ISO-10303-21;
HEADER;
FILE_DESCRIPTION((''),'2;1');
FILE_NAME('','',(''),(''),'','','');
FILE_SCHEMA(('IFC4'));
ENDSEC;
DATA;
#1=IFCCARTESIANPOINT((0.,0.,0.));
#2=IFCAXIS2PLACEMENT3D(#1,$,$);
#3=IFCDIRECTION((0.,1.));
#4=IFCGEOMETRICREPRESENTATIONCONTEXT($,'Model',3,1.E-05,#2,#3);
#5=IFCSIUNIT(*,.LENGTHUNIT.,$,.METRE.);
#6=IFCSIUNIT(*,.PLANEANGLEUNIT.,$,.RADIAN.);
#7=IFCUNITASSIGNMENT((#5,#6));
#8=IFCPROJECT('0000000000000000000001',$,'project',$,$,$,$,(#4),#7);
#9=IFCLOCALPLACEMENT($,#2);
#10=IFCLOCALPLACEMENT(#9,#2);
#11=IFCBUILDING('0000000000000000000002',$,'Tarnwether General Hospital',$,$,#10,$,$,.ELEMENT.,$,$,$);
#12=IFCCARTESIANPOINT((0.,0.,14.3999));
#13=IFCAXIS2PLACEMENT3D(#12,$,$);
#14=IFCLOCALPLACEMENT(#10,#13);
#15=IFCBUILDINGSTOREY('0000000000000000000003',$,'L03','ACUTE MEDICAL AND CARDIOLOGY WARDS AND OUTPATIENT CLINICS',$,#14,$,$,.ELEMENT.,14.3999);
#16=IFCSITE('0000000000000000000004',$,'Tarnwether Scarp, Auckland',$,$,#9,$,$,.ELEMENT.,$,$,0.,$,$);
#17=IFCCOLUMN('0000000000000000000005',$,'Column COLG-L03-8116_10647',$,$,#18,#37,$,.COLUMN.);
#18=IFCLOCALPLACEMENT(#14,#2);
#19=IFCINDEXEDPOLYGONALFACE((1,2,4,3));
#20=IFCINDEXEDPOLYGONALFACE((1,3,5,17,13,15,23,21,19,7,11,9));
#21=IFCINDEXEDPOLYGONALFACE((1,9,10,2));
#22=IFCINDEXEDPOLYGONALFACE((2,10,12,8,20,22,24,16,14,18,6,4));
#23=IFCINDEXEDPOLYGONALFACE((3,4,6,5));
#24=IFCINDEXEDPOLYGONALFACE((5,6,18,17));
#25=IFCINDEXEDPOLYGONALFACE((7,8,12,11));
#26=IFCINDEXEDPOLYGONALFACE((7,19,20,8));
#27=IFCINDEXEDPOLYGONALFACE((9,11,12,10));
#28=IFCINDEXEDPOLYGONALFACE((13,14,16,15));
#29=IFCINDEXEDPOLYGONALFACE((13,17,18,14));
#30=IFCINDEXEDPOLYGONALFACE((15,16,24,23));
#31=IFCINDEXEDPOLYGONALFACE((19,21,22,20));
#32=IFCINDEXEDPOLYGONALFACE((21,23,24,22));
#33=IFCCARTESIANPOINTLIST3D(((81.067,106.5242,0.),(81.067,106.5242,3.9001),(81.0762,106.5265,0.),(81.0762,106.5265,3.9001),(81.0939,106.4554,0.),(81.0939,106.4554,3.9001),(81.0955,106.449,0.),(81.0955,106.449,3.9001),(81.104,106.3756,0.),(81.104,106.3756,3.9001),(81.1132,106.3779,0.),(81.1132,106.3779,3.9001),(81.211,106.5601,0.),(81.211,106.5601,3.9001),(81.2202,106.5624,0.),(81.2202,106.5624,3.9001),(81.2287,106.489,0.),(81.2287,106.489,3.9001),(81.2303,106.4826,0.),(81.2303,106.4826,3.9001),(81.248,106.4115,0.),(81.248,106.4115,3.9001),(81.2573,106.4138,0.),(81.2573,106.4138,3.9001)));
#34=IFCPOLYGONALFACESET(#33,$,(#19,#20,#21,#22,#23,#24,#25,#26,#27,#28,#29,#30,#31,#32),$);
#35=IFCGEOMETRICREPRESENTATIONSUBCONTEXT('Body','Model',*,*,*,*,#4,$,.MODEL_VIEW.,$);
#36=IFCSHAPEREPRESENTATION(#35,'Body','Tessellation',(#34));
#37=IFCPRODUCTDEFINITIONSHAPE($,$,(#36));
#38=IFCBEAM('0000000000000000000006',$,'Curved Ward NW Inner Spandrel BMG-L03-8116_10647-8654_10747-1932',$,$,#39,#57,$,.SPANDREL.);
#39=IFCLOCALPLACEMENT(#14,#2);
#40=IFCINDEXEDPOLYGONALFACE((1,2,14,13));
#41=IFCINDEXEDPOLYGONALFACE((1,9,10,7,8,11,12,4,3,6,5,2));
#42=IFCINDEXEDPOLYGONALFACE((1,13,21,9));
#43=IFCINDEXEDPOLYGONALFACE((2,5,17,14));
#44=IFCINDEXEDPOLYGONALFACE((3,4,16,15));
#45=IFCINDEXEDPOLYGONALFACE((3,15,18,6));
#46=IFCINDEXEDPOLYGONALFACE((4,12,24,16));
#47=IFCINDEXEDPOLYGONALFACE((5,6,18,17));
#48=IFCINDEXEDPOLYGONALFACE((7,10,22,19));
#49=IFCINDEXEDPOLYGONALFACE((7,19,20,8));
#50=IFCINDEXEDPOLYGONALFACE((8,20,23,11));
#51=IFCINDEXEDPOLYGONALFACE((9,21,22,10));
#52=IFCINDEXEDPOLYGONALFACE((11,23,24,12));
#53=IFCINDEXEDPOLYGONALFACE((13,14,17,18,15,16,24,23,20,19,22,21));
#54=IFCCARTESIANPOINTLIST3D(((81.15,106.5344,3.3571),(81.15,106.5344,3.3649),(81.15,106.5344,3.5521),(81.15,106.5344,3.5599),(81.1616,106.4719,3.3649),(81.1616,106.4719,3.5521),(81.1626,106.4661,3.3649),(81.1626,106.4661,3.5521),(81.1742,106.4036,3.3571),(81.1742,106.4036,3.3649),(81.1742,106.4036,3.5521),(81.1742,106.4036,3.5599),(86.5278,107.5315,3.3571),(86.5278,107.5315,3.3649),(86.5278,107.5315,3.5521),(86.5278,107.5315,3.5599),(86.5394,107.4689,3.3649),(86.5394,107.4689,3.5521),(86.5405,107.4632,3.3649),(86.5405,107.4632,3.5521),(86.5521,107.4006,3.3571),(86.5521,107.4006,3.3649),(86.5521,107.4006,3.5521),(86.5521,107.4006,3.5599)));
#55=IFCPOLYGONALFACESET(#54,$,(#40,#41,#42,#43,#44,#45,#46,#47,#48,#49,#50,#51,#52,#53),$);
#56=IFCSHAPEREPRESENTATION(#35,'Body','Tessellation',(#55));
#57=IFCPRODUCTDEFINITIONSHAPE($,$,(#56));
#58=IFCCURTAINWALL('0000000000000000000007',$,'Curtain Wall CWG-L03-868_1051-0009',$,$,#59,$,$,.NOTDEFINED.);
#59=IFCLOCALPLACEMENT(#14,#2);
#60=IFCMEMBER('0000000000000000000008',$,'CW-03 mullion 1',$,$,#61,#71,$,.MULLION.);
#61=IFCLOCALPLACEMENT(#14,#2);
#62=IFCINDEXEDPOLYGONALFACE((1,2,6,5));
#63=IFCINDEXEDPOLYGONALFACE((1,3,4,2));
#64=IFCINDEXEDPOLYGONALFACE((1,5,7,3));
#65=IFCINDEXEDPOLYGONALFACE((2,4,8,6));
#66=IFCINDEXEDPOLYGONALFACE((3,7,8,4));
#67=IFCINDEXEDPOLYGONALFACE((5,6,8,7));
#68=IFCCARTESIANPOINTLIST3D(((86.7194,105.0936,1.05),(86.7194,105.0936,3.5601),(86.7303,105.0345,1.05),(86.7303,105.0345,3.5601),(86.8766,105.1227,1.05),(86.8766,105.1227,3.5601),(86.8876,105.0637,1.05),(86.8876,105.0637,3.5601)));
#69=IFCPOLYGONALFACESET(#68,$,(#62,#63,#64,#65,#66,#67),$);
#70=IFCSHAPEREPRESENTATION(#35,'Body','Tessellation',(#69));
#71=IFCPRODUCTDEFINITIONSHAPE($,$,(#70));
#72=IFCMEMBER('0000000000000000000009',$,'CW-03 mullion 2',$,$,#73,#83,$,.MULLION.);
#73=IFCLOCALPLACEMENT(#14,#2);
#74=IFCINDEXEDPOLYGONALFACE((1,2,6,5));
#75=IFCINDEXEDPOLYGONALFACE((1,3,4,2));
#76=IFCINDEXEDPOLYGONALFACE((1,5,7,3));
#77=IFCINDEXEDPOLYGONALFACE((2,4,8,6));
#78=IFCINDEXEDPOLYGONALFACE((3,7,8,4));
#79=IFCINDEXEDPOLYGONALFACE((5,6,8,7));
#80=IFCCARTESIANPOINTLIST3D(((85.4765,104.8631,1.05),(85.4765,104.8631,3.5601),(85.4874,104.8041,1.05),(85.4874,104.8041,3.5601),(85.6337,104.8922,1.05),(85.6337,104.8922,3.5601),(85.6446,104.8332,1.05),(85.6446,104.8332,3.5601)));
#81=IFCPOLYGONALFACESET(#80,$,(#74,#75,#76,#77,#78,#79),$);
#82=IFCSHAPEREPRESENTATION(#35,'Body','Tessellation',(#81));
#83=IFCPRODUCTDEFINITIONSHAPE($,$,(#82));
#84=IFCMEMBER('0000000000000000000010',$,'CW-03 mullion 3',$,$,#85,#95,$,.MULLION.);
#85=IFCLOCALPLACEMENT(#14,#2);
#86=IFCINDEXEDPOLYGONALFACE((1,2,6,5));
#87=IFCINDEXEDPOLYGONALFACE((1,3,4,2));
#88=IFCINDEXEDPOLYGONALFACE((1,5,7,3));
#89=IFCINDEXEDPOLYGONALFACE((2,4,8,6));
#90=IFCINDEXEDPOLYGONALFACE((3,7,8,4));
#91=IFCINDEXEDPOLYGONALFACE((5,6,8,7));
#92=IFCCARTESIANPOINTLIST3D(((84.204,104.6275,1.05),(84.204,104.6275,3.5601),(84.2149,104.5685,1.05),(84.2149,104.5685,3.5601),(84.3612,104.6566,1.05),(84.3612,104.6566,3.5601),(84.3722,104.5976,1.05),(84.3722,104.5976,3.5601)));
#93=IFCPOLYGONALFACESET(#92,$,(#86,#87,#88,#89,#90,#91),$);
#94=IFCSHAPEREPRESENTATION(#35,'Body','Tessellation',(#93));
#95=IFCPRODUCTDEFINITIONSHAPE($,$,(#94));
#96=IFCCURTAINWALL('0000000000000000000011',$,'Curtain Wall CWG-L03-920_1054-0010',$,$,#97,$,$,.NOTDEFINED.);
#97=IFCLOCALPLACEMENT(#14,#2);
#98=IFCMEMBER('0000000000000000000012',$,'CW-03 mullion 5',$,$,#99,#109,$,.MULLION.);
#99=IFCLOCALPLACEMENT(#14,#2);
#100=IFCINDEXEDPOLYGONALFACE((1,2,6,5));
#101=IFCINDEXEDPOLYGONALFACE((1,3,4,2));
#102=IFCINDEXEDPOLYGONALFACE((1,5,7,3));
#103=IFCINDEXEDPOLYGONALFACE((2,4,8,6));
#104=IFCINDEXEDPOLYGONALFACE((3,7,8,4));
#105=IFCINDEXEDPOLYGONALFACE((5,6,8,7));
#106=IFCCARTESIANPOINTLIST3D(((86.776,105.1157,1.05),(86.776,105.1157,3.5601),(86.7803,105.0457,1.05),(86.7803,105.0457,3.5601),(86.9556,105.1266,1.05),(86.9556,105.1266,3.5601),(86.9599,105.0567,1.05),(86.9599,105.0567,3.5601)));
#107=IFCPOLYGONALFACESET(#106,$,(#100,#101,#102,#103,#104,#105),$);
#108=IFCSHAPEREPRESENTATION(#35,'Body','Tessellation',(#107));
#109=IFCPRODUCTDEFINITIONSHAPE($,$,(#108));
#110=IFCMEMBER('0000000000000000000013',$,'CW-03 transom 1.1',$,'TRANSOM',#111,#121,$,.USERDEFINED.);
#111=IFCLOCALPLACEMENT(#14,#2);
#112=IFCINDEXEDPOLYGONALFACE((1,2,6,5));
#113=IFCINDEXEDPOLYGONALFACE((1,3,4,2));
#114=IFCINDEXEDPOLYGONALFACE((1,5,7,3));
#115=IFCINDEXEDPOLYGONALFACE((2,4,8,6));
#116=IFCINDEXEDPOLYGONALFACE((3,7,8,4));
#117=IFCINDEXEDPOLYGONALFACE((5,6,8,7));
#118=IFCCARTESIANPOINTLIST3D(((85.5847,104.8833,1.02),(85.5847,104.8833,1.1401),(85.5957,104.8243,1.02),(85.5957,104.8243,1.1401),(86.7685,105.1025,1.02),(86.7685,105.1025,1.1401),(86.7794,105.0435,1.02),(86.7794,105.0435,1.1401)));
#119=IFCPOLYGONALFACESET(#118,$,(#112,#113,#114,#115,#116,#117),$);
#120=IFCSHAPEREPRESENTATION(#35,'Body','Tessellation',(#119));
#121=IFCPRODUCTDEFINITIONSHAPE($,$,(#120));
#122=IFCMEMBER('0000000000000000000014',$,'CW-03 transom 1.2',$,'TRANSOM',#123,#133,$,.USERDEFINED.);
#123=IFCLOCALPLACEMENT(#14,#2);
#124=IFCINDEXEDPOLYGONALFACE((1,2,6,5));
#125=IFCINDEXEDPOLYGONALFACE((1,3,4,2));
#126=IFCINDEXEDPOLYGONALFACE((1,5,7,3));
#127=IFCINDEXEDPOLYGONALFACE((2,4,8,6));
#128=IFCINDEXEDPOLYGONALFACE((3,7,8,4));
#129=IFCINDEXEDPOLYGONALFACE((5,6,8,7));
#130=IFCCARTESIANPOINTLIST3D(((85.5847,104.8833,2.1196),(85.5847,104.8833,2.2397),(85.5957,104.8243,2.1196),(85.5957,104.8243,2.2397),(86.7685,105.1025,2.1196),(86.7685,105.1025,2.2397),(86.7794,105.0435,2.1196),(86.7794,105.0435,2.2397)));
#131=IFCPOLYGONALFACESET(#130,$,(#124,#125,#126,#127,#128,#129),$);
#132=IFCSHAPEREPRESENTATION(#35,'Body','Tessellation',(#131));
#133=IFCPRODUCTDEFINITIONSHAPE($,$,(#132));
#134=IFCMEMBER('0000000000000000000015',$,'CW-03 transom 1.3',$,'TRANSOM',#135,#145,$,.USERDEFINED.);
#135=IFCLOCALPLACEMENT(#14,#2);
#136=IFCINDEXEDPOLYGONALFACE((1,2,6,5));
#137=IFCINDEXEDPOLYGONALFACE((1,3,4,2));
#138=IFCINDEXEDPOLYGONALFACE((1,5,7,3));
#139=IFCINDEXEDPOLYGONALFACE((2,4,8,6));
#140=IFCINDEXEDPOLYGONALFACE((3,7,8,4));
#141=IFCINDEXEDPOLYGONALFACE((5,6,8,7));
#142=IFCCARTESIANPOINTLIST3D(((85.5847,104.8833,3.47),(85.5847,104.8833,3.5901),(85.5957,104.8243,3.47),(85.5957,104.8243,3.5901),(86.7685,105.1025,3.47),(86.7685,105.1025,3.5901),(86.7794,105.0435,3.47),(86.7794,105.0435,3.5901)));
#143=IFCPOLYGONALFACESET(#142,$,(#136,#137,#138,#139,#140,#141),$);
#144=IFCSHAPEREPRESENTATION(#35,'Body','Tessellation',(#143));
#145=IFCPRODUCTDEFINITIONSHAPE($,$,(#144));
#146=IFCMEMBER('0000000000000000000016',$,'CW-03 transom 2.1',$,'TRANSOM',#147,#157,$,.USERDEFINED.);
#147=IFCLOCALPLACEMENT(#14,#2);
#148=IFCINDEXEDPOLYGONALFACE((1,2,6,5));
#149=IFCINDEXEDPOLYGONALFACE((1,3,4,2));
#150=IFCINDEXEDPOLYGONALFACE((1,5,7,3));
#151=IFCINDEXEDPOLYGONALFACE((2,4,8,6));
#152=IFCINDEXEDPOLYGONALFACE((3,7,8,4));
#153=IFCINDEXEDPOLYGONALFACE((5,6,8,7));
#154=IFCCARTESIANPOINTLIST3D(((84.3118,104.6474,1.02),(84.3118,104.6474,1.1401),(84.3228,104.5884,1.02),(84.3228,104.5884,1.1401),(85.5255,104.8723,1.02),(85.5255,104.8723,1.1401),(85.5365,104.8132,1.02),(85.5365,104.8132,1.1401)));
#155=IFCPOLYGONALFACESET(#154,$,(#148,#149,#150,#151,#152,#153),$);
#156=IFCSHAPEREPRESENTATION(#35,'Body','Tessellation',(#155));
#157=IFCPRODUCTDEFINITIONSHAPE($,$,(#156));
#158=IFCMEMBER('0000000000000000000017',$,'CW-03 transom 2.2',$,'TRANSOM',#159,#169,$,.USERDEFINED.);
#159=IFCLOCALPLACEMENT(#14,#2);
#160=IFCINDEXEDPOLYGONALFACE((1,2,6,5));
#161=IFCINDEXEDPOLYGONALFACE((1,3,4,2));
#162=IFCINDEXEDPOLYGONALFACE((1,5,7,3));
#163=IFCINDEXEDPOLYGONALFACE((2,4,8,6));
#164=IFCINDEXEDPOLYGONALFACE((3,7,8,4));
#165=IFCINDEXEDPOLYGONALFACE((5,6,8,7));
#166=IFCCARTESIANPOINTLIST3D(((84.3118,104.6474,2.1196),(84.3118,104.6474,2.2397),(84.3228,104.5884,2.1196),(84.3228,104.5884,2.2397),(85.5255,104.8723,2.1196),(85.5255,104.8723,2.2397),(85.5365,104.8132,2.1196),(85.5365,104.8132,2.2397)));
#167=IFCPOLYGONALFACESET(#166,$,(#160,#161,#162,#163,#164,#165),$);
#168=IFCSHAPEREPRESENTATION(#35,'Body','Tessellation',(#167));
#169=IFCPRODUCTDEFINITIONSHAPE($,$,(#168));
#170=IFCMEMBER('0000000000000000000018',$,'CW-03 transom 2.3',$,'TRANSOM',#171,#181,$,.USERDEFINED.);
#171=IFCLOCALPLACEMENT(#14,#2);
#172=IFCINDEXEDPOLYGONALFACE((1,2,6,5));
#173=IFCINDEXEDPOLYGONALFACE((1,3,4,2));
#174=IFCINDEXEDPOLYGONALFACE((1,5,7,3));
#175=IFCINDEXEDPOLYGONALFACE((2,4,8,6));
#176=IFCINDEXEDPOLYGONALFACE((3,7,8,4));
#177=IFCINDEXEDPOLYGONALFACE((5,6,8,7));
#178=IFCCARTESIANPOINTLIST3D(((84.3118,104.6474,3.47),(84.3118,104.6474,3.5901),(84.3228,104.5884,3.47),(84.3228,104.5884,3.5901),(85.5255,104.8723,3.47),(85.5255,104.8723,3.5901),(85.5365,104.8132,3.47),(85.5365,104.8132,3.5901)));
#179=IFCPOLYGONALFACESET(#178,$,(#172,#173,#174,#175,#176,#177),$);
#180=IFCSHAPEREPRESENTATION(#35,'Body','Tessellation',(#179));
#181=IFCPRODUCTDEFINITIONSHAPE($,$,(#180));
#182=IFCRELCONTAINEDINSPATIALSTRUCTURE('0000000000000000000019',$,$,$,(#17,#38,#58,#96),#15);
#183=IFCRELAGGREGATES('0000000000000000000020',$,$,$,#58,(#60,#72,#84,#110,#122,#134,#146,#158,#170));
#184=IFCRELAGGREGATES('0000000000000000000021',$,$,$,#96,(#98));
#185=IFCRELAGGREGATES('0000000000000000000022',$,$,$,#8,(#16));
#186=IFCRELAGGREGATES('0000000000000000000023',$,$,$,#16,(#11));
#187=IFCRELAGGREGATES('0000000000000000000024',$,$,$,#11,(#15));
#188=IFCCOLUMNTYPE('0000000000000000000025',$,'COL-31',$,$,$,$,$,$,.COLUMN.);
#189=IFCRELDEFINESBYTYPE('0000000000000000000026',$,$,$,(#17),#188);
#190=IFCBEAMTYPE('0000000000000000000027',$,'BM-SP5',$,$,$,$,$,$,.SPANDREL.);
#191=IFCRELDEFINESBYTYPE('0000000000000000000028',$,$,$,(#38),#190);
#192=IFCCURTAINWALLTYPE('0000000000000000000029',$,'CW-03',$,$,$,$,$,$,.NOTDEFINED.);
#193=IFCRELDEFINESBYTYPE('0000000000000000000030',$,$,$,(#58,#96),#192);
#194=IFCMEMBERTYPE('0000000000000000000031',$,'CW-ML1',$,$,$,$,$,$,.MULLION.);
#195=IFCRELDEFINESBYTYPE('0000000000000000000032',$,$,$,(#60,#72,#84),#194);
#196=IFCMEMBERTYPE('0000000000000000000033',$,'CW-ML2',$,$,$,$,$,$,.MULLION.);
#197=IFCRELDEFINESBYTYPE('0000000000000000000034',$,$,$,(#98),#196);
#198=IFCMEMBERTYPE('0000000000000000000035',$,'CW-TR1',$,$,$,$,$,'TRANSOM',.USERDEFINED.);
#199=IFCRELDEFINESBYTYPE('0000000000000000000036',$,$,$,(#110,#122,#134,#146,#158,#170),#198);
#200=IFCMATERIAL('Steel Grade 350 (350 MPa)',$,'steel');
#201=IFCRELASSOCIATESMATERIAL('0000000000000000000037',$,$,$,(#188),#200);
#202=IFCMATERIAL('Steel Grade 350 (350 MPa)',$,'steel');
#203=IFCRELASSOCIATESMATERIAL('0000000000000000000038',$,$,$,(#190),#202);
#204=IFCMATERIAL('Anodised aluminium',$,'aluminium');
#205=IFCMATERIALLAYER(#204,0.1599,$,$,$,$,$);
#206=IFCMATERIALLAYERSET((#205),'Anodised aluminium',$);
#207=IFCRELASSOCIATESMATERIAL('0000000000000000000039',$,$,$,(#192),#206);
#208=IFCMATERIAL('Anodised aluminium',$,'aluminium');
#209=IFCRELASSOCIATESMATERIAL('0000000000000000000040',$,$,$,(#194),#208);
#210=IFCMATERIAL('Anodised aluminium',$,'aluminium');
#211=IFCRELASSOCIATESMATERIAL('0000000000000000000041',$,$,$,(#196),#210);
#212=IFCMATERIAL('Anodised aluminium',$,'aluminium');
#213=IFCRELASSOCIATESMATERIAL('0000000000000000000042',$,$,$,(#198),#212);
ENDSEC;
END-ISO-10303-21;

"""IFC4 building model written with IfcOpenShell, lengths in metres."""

from ifc_helpers import new_model, si_unit, direction, frame, origin, origin_2d, place, context, subcontext, project, spatial, rectangle, i_section, extrude, material, layer, layer_set, material_profile, profile_set, type_object, element, aggregate, save


model = new_model("IFC4")

# Units and contexts
model_context = context("Model", 3, precision=1e-05, world=origin(), true_north=direction((0.0, 1.0)))
body_context = subcontext(model_context, "Body", "Model", "MODEL_VIEW")
ifc_project = project(units=[si_unit("LENGTHUNIT", "METRE"), si_unit("PLANEANGLEUNIT", "RADIAN")], contexts=[model_context])

# Site, building, storey
site_placement = place(None, origin())
site = spatial("IfcSite", under=ifc_project, at=site_placement, Name="Tarnwether Scarp, Auckland", CompositionType="ELEMENT", RefElevation=0.0)
building_placement = place(site_placement, origin())
building = spatial("IfcBuilding", under=site, at=building_placement, Name="Tarnwether General Hospital", CompositionType="ELEMENT")
storey_placement = place(building_placement, frame((0.0, 0.0, 14.3999)))
storey = spatial("IfcBuildingStorey", under=building, at=storey_placement, Name="L03", Description="ACUTE MEDICAL AND CARDIOLOGY WARDS AND OUTPATIENT CLINICS", CompositionType="ELEMENT", Elevation=14.3999)

# Column
ifc_material_1 = material(Name="Steel Grade 350 (350 MPa)", Category="steel")
ifc_material_profile_1 = material_profile(ifc_material_1, i_section(OverallWidth=0.1531, OverallDepth=0.158, WebThickness=0.0066, FlangeThickness=0.0095, at=origin_2d()), Name="150UC30.0")
ifc_profile_set_1 = profile_set([ifc_material_profile_1], Name="Steel Grade 350 (350 MPa)")
column_type = type_object("IfcColumnType", Name="COL-31", PredefinedType="COLUMN", material=ifc_profile_set_1)
column_placement = place(storey_placement, frame((81.1621, 106.469, 0.0), z_axis=(0.0, 0.0, 1.0), x_axis=(-0.241922, 0.970296, 0.0)))
element("IfcColumn", 1, at=column_placement, inside=storey, type_object=column_type, Name="Column COLG-L03-8116_10647", PredefinedType="COLUMN", context=body_context, shape_type="SweptSolid", body=[
    extrude(i_section(OverallWidth=0.1531, OverallDepth=0.158, WebThickness=0.0066, FlangeThickness=0.0095, at=origin_2d()), origin(), (0.0, 0.0, 1.0), 3.9001),
])

# Beam
ifc_material_2 = material(Name="Steel Grade 350 (350 MPa)", Category="steel")
ifc_material_profile_2 = material_profile(ifc_material_2, i_section(OverallWidth=0.1331, OverallDepth=0.2029, WebThickness=0.0059, FlangeThickness=0.0078, at=origin_2d()), Name="200UB25.4")
ifc_profile_set_2 = profile_set([ifc_material_profile_2], Name="Steel Grade 350 (350 MPa)")
beam_type = type_object("IfcBeamType", Name="BM-SP5", PredefinedType="SPANDREL", material=ifc_profile_set_2)
beam_placement = place(storey_placement, frame((81.1621, 106.469, 3.4585), z_axis=(0.983244, 0.182294, 0.0), x_axis=(-0.182294, 0.983244, 0.0)))
element("IfcBeam", 2, at=beam_placement, inside=storey, type_object=beam_type, Name="Curved Ward NW Inner Spandrel BMG-L03-8116_10647-8654_10747-1932", PredefinedType="SPANDREL", context=body_context, shape_type="SweptSolid", body=[
    extrude(i_section(OverallWidth=0.1331, OverallDepth=0.2029, WebThickness=0.0059, FlangeThickness=0.0078, at=origin_2d()), origin(), (0.0, 0.0, 1.0), 5.4695),
])

# Curtain wall, members
ifc_material_3 = material(Name="Anodised aluminium", Category="aluminium")
ifc_layer_1 = layer(ifc_material_3, 0.1599)
ifc_layer_set_1 = layer_set([ifc_layer_1], Name="Anodised aluminium")
curtain_wall_type = type_object("IfcCurtainWallType", Name="CW-03", PredefinedType="NOTDEFINED", material=ifc_layer_set_1)
curtain_wall_1_placement = place(storey_placement, origin())
curtain_wall_1 = element("IfcCurtainWall", 3, at=curtain_wall_1_placement, inside=storey, type_object=curtain_wall_type, Name="Curtain Wall CWG-L03-868_1051-0009", PredefinedType="NOTDEFINED")
ifc_material_4 = material(Name="Anodised aluminium", Category="aluminium")
ifc_material_profile_3 = material_profile(ifc_material_4, rectangle(XDim=0.0601, YDim=0.1599, at=origin_2d()), Name="ALU-MUL-60x160")
ifc_profile_set_3 = profile_set([ifc_material_profile_3], Name="Anodised aluminium")
member_type_1 = type_object("IfcMemberType", Name="CW-ML1", PredefinedType="MULLION", material=ifc_profile_set_3)
member_1_placement = place(storey_placement, frame((86.8035, 105.0786, 1.05), z_axis=(0.0, 0.0, 1.0), x_axis=(0.182165, -0.983268, 0.0)))
member_1 = element("IfcMember", 4, at=member_1_placement, type_object=member_type_1, Name="CW-03 mullion 1", PredefinedType="MULLION", context=body_context, shape_type="SweptSolid", body=[
    extrude(rectangle(XDim=0.0601, YDim=0.1599, at=origin_2d()), origin(), (0.0, 0.0, 1.0), 2.51),
])
member_2_placement = place(storey_placement, frame((85.5605, 104.8481, 1.05), z_axis=(0.0, 0.0, 1.0), x_axis=(0.182165, -0.983268, 0.0)))
member_2 = element("IfcMember", 5, at=member_2_placement, type_object=member_type_1, Name="CW-03 mullion 2", PredefinedType="MULLION", context=body_context, shape_type="SweptSolid", body=[
    extrude(rectangle(XDim=0.0601, YDim=0.1599, at=origin_2d()), origin(), (0.0, 0.0, 1.0), 2.51),
])
member_3_placement = place(storey_placement, frame((84.2881, 104.6125, 1.05), z_axis=(0.0, 0.0, 1.0), x_axis=(0.182165, -0.983268, 0.0)))
member_3 = element("IfcMember", 6, at=member_3_placement, type_object=member_type_1, Name="CW-03 mullion 3", PredefinedType="MULLION", context=body_context, shape_type="SweptSolid", body=[
    extrude(rectangle(XDim=0.0601, YDim=0.1599, at=origin_2d()), origin(), (0.0, 0.0, 1.0), 2.51),
])

# Curtain wall, member
curtain_wall_2_placement = place(storey_placement, origin())
curtain_wall_2 = element("IfcCurtainWall", 7, at=curtain_wall_2_placement, inside=storey, type_object=curtain_wall_type, Name="Curtain Wall CWG-L03-920_1054-0010", PredefinedType="NOTDEFINED")
ifc_material_5 = material(Name="Anodised aluminium", Category="aluminium")
ifc_material_profile_4 = material_profile(ifc_material_5, rectangle(XDim=0.0701, YDim=0.1799, at=origin_2d()), Name="ALU-MUL-70x180")
ifc_profile_set_4 = profile_set([ifc_material_profile_4], Name="Anodised aluminium")
member_type_2 = type_object("IfcMemberType", Name="CW-ML2", PredefinedType="MULLION", material=ifc_profile_set_4)
member_4_placement = place(storey_placement, frame((86.8679, 105.0862, 1.05), z_axis=(0.0, 0.0, 1.0), x_axis=(0.061043, -0.998135, 0.0)))
member_4 = element("IfcMember", 8, at=member_4_placement, type_object=member_type_2, Name="CW-03 mullion 5", PredefinedType="MULLION", context=body_context, shape_type="SweptSolid", body=[
    extrude(rectangle(XDim=0.0701, YDim=0.1799, at=origin_2d()), origin(), (0.0, 0.0, 1.0), 2.51),
])

# Members
ifc_material_6 = material(Name="Anodised aluminium", Category="aluminium")
ifc_material_profile_5 = material_profile(ifc_material_6, rectangle(XDim=0.0601, YDim=0.1201, at=origin_2d()), Name="ALU-TRN-60x120")
ifc_profile_set_5 = profile_set([ifc_material_profile_5], Name="Anodised aluminium")
member_type_3 = type_object("IfcMemberType", Name="CW-TR1", ElementType="TRANSOM", PredefinedType="USERDEFINED", material=ifc_profile_set_5)
member_5_placement = place(storey_placement, frame((86.7739, 105.073, 1.0801), z_axis=(-0.983281, -0.182097, 0.0), x_axis=(0.182097, -0.983281, 0.0)))
member_5 = element("IfcMember", 9, at=member_5_placement, type_object=member_type_3, Name="CW-03 transom 1.1", ObjectType="TRANSOM", PredefinedType="USERDEFINED", context=body_context, shape_type="SweptSolid", body=[
    extrude(rectangle(XDim=0.0601, YDim=0.1201, at=origin_2d()), origin(), (0.0, 0.0, 1.0), 1.2039),
])
member_6_placement = place(storey_placement, frame((86.7739, 105.073, 2.1797), z_axis=(-0.983281, -0.182097, 0.0), x_axis=(0.182097, -0.983281, 0.0)))
member_6 = element("IfcMember", 10, at=member_6_placement, type_object=member_type_3, Name="CW-03 transom 1.2", ObjectType="TRANSOM", PredefinedType="USERDEFINED", context=body_context, shape_type="SweptSolid", body=[
    extrude(rectangle(XDim=0.0601, YDim=0.1201, at=origin_2d()), origin(), (0.0, 0.0, 1.0), 1.2039),
])
member_7_placement = place(storey_placement, frame((86.7739, 105.073, 3.53), z_axis=(-0.983281, -0.182097, 0.0), x_axis=(0.182097, -0.983281, 0.0)))
member_7 = element("IfcMember", 11, at=member_7_placement, type_object=member_type_3, Name="CW-03 transom 1.3", ObjectType="TRANSOM", PredefinedType="USERDEFINED", context=body_context, shape_type="SweptSolid", body=[
    extrude(rectangle(XDim=0.0601, YDim=0.1201, at=origin_2d()), origin(), (0.0, 0.0, 1.0), 1.2039),
])
member_8_placement = place(storey_placement, frame((85.531, 104.8428, 1.0801), z_axis=(-0.983266, -0.182174, 0.0), x_axis=(0.182174, -0.983266, 0.0)))
member_8 = element("IfcMember", 12, at=member_8_placement, type_object=member_type_3, Name="CW-03 transom 2.1", ObjectType="TRANSOM", PredefinedType="USERDEFINED", context=body_context, shape_type="SweptSolid", body=[
    extrude(rectangle(XDim=0.0601, YDim=0.1201, at=origin_2d()), origin(), (0.0, 0.0, 1.0), 1.2344),
])
member_9_placement = place(storey_placement, frame((85.531, 104.8428, 2.1797), z_axis=(-0.983266, -0.182174, 0.0), x_axis=(0.182174, -0.983266, 0.0)))
member_9 = element("IfcMember", 13, at=member_9_placement, type_object=member_type_3, Name="CW-03 transom 2.2", ObjectType="TRANSOM", PredefinedType="USERDEFINED", context=body_context, shape_type="SweptSolid", body=[
    extrude(rectangle(XDim=0.0601, YDim=0.1201, at=origin_2d()), origin(), (0.0, 0.0, 1.0), 1.2344),
])
member_10_placement = place(storey_placement, frame((85.531, 104.8428, 3.53), z_axis=(-0.983266, -0.182174, 0.0), x_axis=(0.182174, -0.983266, 0.0)))
member_10 = element("IfcMember", 14, at=member_10_placement, type_object=member_type_3, Name="CW-03 transom 2.3", ObjectType="TRANSOM", PredefinedType="USERDEFINED", context=body_context, shape_type="SweptSolid", body=[
    extrude(rectangle(XDim=0.0601, YDim=0.1201, at=origin_2d()), origin(), (0.0, 0.0, 1.0), 1.2344),
])

aggregate(curtain_wall_1, [member_1, member_2, member_3, member_5, member_6, member_7, member_8, member_9, member_10])
aggregate(curtain_wall_2, [member_4])

save(model, "model.ifc")
